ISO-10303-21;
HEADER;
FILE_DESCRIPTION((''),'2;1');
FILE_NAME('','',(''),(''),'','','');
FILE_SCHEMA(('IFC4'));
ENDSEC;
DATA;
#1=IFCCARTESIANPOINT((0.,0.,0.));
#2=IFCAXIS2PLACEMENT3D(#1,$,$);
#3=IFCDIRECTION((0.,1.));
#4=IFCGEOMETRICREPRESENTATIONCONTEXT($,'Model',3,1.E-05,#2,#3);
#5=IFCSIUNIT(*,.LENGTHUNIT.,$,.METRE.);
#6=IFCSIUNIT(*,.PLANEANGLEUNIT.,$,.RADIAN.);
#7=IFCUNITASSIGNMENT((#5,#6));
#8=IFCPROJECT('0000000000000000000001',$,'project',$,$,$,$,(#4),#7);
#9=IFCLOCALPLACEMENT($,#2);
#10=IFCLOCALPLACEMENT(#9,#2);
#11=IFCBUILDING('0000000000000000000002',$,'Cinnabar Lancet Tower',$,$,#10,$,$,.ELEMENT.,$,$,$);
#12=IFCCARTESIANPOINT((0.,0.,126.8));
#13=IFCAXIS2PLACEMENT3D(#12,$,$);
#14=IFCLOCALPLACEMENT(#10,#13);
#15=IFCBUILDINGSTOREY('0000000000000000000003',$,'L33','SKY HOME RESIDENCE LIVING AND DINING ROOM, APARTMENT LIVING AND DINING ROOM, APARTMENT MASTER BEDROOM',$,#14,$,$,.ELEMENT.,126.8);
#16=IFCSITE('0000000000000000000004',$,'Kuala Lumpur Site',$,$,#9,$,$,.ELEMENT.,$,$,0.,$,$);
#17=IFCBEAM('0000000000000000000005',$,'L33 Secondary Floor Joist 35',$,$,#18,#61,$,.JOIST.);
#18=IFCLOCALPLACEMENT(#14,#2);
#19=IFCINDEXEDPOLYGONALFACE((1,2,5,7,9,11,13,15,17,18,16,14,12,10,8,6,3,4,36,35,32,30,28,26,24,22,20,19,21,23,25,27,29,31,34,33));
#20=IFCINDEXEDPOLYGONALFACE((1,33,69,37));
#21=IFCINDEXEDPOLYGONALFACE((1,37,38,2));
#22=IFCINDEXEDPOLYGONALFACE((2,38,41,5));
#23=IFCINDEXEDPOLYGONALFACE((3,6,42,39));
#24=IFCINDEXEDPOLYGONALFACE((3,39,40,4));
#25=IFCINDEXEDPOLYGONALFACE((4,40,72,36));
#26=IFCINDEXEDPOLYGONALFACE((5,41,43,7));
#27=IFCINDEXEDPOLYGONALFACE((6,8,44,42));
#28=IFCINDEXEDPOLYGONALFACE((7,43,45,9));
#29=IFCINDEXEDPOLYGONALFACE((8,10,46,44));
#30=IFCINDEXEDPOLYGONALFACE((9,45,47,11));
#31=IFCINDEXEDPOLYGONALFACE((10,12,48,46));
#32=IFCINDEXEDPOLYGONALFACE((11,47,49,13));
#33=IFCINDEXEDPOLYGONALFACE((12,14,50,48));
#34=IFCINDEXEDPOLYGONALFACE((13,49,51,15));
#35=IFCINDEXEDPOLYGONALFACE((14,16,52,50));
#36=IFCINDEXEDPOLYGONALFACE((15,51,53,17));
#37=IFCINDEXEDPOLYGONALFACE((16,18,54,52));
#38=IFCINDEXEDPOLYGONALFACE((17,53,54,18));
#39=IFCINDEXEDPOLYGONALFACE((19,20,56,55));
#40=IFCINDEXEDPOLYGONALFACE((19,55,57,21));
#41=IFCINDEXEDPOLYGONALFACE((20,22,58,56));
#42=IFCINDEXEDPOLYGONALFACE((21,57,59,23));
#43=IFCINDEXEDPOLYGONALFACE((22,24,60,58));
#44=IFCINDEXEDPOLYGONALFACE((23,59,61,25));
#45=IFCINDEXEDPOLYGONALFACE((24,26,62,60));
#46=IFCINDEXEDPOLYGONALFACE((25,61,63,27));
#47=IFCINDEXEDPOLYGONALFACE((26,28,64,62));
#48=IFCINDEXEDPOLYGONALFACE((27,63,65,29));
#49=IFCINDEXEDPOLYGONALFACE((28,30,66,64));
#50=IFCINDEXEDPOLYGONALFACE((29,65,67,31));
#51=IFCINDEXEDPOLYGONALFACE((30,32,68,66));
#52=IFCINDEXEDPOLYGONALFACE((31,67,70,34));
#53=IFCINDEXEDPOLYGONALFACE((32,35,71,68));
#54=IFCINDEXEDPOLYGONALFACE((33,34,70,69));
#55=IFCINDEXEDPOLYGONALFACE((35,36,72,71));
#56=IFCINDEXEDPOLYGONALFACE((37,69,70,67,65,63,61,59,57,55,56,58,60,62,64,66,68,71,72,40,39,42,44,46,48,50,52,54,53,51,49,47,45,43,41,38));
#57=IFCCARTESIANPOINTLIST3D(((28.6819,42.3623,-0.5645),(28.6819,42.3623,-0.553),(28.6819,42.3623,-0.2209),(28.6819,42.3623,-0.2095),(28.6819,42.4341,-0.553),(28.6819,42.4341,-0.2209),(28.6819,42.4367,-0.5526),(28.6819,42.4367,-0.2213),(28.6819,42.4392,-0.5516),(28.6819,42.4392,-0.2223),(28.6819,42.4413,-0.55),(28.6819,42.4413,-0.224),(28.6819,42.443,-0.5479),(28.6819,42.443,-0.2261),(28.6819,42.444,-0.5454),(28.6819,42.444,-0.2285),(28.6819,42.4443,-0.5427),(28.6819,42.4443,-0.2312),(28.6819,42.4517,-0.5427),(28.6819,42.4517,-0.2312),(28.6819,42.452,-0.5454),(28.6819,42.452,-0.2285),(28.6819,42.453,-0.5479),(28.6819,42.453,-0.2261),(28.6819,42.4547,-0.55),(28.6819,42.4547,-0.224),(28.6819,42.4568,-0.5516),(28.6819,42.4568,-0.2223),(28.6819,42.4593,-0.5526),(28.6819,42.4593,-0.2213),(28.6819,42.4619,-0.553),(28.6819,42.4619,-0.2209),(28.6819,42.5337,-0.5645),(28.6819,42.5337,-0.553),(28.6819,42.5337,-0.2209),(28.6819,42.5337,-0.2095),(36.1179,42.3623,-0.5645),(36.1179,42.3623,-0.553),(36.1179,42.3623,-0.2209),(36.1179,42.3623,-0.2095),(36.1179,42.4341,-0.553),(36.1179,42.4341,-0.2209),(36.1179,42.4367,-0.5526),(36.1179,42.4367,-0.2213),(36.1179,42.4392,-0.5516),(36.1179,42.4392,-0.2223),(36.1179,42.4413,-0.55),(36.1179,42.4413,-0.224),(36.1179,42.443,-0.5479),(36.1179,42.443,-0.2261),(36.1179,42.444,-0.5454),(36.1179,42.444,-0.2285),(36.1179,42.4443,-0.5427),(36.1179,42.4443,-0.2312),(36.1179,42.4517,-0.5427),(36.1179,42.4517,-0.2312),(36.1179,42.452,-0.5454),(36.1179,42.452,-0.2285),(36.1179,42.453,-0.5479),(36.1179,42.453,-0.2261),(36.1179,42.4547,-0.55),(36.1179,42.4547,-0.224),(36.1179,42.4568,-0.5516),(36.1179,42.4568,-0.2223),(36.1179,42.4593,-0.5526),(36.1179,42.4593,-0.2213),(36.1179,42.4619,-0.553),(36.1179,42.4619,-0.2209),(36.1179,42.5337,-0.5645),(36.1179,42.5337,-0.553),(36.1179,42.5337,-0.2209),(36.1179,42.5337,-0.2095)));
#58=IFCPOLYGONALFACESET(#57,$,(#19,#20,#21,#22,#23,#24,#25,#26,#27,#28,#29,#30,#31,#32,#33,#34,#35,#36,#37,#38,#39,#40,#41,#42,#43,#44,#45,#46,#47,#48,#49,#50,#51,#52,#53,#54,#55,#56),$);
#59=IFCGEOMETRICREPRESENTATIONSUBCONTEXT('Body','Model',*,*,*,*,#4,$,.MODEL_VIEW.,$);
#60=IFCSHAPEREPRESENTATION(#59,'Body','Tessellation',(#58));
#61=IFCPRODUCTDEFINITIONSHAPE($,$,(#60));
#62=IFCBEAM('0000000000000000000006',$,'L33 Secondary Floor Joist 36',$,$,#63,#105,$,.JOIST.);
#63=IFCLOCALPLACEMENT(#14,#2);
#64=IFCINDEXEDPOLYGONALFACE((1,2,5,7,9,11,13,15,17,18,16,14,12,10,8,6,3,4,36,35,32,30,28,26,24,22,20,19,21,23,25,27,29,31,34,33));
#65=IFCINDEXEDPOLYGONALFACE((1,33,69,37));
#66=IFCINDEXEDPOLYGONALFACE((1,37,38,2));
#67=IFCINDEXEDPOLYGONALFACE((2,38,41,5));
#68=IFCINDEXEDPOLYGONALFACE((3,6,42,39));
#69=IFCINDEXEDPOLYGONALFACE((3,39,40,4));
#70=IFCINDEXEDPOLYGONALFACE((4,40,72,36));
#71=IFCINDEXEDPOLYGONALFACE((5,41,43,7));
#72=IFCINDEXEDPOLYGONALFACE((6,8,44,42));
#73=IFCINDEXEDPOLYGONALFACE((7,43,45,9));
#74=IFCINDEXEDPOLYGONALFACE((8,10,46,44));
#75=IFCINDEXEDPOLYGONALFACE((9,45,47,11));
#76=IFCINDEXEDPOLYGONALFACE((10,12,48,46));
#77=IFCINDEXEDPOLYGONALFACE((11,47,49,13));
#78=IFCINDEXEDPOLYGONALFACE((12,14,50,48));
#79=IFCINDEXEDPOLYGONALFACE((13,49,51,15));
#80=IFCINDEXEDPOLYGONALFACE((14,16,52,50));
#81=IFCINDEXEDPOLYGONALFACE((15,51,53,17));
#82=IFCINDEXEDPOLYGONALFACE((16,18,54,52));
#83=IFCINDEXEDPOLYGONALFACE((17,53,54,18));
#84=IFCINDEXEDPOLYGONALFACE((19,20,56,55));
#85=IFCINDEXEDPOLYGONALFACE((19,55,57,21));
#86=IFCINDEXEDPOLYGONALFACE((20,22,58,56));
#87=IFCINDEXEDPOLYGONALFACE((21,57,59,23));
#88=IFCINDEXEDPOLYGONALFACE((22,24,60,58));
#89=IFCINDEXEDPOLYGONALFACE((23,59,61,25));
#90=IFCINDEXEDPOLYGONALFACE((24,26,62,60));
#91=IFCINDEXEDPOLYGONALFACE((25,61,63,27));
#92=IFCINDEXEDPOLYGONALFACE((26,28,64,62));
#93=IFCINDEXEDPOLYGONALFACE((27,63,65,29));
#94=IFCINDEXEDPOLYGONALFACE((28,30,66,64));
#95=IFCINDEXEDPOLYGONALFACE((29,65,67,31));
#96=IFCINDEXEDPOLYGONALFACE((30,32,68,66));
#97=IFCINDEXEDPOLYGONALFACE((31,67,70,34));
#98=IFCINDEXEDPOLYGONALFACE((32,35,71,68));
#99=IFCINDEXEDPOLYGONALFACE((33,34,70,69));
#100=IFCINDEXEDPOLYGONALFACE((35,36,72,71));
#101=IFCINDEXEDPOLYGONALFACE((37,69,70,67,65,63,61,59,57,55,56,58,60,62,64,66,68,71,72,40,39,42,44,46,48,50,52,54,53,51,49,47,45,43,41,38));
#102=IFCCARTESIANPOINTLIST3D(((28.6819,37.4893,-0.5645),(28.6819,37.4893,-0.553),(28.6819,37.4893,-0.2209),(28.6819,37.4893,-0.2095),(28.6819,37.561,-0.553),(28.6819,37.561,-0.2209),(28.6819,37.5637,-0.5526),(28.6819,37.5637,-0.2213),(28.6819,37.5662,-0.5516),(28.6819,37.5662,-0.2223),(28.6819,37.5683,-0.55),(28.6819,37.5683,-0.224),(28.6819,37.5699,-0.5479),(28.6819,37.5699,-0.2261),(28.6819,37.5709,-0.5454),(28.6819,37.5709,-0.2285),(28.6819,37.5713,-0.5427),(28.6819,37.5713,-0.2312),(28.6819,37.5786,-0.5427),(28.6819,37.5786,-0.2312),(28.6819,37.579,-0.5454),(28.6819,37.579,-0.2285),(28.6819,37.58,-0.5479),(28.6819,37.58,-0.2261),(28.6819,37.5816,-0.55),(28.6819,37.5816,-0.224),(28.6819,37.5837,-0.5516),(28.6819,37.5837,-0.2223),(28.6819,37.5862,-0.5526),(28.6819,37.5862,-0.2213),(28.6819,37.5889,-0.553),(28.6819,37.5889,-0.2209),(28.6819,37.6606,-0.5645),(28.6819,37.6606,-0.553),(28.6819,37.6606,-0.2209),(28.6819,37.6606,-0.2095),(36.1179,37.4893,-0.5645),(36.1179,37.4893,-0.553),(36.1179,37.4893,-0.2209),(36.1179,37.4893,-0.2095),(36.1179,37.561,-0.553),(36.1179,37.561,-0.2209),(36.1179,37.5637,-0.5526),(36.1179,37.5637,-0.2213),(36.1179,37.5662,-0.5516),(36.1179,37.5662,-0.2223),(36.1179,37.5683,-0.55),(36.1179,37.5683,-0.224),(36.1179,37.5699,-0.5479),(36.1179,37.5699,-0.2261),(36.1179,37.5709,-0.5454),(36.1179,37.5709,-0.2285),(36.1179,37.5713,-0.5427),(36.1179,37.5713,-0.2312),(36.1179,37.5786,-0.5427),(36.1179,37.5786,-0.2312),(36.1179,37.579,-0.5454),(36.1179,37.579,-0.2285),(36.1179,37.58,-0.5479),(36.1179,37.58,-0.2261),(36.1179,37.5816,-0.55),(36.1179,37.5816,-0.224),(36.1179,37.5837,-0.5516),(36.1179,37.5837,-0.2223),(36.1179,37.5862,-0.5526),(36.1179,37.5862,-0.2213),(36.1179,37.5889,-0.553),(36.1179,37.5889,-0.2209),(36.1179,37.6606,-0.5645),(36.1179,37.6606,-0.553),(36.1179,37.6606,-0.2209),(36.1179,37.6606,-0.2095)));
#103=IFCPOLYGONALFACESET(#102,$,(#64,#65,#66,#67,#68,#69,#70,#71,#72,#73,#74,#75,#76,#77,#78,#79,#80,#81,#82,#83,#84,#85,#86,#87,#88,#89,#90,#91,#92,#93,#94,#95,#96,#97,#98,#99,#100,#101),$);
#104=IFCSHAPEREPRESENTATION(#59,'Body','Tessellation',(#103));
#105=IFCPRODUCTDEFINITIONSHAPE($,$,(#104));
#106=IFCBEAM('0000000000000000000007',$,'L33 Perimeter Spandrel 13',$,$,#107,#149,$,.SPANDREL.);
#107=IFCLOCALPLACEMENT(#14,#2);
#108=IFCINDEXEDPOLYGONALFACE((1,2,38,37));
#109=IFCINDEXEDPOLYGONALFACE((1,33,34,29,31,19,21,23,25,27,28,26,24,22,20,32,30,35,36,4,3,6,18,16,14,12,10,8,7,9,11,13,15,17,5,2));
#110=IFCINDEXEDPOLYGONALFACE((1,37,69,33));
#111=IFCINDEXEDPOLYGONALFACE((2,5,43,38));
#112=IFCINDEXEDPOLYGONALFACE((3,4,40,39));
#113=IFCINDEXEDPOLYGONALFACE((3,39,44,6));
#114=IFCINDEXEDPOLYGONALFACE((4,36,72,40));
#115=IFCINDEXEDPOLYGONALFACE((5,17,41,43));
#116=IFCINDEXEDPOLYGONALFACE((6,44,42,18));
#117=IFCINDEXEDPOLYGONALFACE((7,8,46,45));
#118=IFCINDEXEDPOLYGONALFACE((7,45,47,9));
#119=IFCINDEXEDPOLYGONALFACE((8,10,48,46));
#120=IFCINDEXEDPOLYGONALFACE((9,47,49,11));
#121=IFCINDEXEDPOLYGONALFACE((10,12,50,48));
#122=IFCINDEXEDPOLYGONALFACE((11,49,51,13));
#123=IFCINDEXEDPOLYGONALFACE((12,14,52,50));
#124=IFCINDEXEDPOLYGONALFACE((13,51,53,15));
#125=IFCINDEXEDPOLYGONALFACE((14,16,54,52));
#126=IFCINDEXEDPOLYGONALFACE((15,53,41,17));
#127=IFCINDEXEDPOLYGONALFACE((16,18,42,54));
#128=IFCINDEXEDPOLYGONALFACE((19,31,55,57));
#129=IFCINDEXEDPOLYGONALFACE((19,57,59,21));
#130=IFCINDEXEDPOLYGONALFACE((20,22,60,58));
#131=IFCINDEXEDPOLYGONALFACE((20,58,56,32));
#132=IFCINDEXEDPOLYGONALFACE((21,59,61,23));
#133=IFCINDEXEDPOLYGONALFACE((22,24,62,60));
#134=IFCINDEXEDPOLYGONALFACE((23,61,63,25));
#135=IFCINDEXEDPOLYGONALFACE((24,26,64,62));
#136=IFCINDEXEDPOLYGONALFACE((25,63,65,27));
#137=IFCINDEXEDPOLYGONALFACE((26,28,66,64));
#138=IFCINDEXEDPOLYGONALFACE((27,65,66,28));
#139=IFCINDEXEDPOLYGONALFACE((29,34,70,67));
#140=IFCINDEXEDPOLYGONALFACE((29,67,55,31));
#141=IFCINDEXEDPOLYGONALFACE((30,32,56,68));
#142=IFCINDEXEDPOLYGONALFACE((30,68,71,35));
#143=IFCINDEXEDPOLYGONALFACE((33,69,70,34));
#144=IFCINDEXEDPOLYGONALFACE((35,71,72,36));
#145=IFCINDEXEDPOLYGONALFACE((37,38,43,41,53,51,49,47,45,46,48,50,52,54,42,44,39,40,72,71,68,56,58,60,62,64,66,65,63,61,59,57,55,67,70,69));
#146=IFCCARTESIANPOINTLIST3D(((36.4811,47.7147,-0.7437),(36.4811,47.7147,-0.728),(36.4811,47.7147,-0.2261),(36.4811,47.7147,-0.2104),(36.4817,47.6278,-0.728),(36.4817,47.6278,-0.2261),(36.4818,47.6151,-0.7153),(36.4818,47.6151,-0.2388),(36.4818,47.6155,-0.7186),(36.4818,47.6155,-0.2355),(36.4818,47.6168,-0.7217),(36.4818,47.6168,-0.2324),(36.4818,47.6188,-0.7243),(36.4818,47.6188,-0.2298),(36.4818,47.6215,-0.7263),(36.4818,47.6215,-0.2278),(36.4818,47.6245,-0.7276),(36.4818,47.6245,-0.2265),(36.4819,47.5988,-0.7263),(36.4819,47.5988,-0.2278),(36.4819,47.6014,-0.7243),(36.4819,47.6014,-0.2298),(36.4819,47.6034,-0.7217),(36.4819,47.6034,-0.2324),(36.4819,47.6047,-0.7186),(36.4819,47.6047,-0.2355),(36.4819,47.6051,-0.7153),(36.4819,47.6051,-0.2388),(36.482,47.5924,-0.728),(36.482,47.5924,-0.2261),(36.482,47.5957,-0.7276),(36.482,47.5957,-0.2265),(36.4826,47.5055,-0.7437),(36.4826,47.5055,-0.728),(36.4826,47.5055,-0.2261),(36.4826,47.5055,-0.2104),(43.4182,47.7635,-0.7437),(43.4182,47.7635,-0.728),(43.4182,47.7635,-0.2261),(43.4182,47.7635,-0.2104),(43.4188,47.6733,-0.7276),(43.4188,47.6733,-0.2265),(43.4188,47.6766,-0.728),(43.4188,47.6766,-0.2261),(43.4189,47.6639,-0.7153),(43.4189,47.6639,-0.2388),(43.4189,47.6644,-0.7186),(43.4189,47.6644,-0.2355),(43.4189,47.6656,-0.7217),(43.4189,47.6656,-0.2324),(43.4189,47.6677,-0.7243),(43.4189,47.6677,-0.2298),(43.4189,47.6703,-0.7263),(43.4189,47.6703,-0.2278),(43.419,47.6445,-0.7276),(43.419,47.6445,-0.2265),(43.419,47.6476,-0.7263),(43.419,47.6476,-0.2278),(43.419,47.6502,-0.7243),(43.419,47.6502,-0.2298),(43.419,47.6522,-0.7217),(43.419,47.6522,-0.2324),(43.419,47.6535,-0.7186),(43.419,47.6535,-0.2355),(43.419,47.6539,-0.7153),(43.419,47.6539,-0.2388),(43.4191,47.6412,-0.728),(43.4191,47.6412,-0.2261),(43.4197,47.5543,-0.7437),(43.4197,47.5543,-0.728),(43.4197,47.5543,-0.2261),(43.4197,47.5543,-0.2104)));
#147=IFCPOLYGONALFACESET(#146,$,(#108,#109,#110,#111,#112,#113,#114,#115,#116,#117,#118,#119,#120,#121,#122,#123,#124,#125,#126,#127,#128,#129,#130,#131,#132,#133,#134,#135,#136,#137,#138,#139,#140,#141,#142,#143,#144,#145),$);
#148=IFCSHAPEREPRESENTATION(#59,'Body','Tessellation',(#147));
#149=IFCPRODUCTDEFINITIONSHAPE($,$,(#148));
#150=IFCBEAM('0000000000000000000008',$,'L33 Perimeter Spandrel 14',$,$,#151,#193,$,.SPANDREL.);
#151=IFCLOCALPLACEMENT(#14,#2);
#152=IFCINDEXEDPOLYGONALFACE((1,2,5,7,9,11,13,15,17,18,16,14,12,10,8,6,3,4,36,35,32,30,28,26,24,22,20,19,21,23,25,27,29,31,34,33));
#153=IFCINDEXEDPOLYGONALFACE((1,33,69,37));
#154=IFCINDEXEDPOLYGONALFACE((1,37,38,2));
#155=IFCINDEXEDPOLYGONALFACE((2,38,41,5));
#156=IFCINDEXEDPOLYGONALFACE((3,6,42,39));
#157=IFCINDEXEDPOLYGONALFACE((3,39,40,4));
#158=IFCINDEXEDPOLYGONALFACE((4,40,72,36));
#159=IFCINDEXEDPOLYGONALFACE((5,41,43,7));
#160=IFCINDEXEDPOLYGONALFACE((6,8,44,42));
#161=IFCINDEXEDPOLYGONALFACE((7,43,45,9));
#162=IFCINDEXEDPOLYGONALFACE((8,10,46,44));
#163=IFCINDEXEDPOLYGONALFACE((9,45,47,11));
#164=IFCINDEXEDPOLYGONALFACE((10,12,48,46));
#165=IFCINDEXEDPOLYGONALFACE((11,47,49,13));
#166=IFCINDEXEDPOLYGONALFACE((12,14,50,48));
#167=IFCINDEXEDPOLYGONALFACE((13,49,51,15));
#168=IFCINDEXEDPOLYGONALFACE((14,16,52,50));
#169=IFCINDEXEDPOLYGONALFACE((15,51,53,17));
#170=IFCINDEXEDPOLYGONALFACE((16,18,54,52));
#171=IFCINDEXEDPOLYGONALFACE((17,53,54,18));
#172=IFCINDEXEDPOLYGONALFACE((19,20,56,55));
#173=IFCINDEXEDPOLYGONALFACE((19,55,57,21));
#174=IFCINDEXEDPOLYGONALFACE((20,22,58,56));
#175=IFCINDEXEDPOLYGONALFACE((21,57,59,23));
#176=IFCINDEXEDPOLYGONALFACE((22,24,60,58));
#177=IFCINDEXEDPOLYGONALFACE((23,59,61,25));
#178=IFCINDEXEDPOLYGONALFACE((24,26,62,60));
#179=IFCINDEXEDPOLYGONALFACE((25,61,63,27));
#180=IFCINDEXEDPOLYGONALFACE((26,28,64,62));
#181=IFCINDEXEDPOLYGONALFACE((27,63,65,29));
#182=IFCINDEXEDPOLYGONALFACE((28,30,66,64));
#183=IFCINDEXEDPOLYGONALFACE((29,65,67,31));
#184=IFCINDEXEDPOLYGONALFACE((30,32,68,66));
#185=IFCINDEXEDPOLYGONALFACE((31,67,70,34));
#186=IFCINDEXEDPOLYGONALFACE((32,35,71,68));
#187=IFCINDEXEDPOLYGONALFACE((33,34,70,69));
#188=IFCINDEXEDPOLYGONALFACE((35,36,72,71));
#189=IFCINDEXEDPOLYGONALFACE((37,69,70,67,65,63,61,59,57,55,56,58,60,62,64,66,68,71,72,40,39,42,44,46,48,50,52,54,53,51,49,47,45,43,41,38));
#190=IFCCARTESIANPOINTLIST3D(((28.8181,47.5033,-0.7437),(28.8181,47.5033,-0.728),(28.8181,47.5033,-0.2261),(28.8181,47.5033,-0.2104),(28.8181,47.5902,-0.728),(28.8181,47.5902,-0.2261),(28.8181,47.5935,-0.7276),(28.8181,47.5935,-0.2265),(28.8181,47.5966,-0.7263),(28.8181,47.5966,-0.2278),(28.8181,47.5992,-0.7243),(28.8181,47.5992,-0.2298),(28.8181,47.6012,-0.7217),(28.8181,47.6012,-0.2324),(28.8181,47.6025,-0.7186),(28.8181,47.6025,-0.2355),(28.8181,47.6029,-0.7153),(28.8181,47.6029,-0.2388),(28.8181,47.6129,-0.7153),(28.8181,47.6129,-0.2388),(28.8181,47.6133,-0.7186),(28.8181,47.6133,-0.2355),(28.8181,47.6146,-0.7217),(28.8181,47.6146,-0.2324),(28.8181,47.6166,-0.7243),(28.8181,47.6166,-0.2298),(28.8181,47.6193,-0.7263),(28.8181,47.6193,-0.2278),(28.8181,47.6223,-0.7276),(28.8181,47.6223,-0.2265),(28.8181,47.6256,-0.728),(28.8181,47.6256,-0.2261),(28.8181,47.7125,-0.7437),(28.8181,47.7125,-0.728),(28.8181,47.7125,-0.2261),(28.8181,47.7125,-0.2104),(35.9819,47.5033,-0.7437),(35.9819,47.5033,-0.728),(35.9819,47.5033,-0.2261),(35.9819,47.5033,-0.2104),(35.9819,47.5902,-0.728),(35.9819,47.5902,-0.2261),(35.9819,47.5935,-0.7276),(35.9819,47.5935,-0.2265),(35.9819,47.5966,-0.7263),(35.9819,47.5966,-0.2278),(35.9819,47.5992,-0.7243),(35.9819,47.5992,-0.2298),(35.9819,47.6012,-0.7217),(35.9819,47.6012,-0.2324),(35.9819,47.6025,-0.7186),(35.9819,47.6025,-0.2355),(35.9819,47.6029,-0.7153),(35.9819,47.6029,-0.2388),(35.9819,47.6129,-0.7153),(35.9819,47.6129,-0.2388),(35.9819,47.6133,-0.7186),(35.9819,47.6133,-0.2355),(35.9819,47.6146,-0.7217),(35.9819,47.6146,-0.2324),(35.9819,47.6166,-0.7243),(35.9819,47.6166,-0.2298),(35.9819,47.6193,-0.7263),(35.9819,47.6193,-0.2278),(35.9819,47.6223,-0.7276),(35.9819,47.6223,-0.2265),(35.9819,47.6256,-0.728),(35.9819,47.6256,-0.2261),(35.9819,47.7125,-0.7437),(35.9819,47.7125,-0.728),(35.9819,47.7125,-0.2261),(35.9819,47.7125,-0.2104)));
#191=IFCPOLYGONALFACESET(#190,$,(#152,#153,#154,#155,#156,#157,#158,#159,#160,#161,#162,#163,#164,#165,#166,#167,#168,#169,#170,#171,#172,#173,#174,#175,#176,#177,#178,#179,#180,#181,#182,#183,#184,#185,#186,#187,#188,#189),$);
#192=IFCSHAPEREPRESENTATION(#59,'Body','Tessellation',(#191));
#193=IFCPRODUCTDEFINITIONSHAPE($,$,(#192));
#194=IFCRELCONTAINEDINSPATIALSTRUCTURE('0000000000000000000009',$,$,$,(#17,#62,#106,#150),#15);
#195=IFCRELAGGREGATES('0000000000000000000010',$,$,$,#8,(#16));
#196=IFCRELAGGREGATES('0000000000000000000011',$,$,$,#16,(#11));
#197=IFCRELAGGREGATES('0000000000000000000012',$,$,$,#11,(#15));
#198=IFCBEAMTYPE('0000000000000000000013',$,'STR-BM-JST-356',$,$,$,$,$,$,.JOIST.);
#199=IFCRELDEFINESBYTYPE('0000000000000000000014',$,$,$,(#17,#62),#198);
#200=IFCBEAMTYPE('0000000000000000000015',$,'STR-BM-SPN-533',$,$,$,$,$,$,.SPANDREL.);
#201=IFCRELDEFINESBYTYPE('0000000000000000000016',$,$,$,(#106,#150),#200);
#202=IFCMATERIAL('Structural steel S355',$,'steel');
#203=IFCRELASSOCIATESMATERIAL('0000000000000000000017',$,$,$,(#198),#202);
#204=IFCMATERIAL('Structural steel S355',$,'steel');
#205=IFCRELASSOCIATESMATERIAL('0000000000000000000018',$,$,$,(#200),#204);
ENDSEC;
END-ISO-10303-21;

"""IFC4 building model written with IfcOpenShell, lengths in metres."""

from ifc_helpers import new_model, si_unit, direction, frame, origin, origin_2d, place, context, subcontext, project, spatial, i_section, extrude, material, material_profile, profile_set, type_object, element, save


model = new_model("IFC4")

# Units and contexts
model_context = context("Model", 3, precision=1e-05, world=origin(), true_north=direction((0.0, 1.0)))
body_context = subcontext(model_context, "Body", "Model", "MODEL_VIEW")
ifc_project = project(units=[si_unit("LENGTHUNIT", "METRE"), si_unit("PLANEANGLEUNIT", "RADIAN")], contexts=[model_context])

# Site, building, storey
site_placement = place(None, origin())
site = spatial("IfcSite", under=ifc_project, at=site_placement, Name="Kuala Lumpur Site", CompositionType="ELEMENT", RefElevation=0.0)
building_placement = place(site_placement, origin())
building = spatial("IfcBuilding", under=site, at=building_placement, Name="Cinnabar Lancet Tower", CompositionType="ELEMENT")
storey_placement = place(building_placement, frame((0.0, 0.0, 126.8)))
storey = spatial("IfcBuildingStorey", under=building, at=storey_placement, Name="L33", Description="SKY HOME RESIDENCE LIVING AND DINING ROOM, APARTMENT LIVING AND DINING ROOM, APARTMENT MASTER BEDROOM", CompositionType="ELEMENT", Elevation=126.8)

# Beams
ifc_material_1 = material(Name="Structural steel S355", Category="steel")
ifc_material_profile_1 = material_profile(ifc_material_1, i_section(OverallWidth=0.1714, OverallDepth=0.355, WebThickness=0.0073, FlangeThickness=0.0115, FilletRadius=0.0103, at=origin_2d()), Name="UKB 356x171x51")
ifc_profile_set_1 = profile_set([ifc_material_profile_1], Name="Structural steel S355")
beam_type_1 = type_object("IfcBeamType", Name="STR-BM-JST-356", PredefinedType="JOIST", material=ifc_profile_set_1)
for number, where, z_axis, x_axis, name in (
    (1, (36.1179, 42.448, -0.387), (-1.0, 0.0, 0.0), (0.0, -1.0, 0.0), "L33 Secondary Floor Joist 35"),
    (2, (36.1179, 37.575, -0.387), (-1.0, 0.0, 0.0), (0.0, -1.0, 0.0), "L33 Secondary Floor Joist 36"),
):
    element("IfcBeam", number, at=place(storey_placement, frame(where, z_axis=z_axis, x_axis=x_axis)), inside=storey, type_object=beam_type_1, Name=name, PredefinedType="JOIST", context=body_context, shape_type="SweptSolid", body=[
        extrude(i_section(OverallWidth=0.1714, OverallDepth=0.355, WebThickness=0.0073, FlangeThickness=0.0115, FilletRadius=0.0103, at=origin_2d()), origin(), (0.0, 0.0, 1.0), 7.436),
    ])
ifc_material_2 = material(Name="Structural steel S355", Category="steel")
ifc_material_profile_2 = material_profile(ifc_material_2, i_section(OverallWidth=0.2092, OverallDepth=0.5332, WebThickness=0.01, FlangeThickness=0.0156, FilletRadius=0.0127, at=origin_2d()), Name="UKB 533x210x92")
ifc_profile_set_2 = profile_set([ifc_material_profile_2], Name="Structural steel S355")
beam_type_2 = type_object("IfcBeamType", Name="STR-BM-SPN-533", PredefinedType="SPANDREL", material=ifc_profile_set_2)
beam_1_placement = place(storey_placement, frame((43.4189, 47.6589, -0.4771), z_axis=(-0.999975, -0.007039, 0.0), x_axis=(0.007039, -0.999975, 0.0)))
element("IfcBeam", 3, at=beam_1_placement, inside=storey, type_object=beam_type_2, Name="L33 Perimeter Spandrel 13", PredefinedType="SPANDREL", context=body_context, shape_type="SweptSolid", body=[
    extrude(i_section(OverallWidth=0.2092, OverallDepth=0.5332, WebThickness=0.01, FlangeThickness=0.0156, FilletRadius=0.0127, at=origin_2d()), origin(), (0.0, 0.0, 1.0), 6.9373),
])
beam_2_placement = place(storey_placement, frame((35.9819, 47.6079, -0.4771), z_axis=(-1.0, 0.0, 0.0), x_axis=(0.0, -1.0, 0.0)))
element("IfcBeam", 4, at=beam_2_placement, inside=storey, type_object=beam_type_2, Name="L33 Perimeter Spandrel 14", PredefinedType="SPANDREL", context=body_context, shape_type="SweptSolid", body=[
    extrude(i_section(OverallWidth=0.2092, OverallDepth=0.5332, WebThickness=0.01, FlangeThickness=0.0156, FilletRadius=0.0127, at=origin_2d()), origin(), (0.0, 0.0, 1.0), 7.1638),
])

save(model, "model.ifc")
